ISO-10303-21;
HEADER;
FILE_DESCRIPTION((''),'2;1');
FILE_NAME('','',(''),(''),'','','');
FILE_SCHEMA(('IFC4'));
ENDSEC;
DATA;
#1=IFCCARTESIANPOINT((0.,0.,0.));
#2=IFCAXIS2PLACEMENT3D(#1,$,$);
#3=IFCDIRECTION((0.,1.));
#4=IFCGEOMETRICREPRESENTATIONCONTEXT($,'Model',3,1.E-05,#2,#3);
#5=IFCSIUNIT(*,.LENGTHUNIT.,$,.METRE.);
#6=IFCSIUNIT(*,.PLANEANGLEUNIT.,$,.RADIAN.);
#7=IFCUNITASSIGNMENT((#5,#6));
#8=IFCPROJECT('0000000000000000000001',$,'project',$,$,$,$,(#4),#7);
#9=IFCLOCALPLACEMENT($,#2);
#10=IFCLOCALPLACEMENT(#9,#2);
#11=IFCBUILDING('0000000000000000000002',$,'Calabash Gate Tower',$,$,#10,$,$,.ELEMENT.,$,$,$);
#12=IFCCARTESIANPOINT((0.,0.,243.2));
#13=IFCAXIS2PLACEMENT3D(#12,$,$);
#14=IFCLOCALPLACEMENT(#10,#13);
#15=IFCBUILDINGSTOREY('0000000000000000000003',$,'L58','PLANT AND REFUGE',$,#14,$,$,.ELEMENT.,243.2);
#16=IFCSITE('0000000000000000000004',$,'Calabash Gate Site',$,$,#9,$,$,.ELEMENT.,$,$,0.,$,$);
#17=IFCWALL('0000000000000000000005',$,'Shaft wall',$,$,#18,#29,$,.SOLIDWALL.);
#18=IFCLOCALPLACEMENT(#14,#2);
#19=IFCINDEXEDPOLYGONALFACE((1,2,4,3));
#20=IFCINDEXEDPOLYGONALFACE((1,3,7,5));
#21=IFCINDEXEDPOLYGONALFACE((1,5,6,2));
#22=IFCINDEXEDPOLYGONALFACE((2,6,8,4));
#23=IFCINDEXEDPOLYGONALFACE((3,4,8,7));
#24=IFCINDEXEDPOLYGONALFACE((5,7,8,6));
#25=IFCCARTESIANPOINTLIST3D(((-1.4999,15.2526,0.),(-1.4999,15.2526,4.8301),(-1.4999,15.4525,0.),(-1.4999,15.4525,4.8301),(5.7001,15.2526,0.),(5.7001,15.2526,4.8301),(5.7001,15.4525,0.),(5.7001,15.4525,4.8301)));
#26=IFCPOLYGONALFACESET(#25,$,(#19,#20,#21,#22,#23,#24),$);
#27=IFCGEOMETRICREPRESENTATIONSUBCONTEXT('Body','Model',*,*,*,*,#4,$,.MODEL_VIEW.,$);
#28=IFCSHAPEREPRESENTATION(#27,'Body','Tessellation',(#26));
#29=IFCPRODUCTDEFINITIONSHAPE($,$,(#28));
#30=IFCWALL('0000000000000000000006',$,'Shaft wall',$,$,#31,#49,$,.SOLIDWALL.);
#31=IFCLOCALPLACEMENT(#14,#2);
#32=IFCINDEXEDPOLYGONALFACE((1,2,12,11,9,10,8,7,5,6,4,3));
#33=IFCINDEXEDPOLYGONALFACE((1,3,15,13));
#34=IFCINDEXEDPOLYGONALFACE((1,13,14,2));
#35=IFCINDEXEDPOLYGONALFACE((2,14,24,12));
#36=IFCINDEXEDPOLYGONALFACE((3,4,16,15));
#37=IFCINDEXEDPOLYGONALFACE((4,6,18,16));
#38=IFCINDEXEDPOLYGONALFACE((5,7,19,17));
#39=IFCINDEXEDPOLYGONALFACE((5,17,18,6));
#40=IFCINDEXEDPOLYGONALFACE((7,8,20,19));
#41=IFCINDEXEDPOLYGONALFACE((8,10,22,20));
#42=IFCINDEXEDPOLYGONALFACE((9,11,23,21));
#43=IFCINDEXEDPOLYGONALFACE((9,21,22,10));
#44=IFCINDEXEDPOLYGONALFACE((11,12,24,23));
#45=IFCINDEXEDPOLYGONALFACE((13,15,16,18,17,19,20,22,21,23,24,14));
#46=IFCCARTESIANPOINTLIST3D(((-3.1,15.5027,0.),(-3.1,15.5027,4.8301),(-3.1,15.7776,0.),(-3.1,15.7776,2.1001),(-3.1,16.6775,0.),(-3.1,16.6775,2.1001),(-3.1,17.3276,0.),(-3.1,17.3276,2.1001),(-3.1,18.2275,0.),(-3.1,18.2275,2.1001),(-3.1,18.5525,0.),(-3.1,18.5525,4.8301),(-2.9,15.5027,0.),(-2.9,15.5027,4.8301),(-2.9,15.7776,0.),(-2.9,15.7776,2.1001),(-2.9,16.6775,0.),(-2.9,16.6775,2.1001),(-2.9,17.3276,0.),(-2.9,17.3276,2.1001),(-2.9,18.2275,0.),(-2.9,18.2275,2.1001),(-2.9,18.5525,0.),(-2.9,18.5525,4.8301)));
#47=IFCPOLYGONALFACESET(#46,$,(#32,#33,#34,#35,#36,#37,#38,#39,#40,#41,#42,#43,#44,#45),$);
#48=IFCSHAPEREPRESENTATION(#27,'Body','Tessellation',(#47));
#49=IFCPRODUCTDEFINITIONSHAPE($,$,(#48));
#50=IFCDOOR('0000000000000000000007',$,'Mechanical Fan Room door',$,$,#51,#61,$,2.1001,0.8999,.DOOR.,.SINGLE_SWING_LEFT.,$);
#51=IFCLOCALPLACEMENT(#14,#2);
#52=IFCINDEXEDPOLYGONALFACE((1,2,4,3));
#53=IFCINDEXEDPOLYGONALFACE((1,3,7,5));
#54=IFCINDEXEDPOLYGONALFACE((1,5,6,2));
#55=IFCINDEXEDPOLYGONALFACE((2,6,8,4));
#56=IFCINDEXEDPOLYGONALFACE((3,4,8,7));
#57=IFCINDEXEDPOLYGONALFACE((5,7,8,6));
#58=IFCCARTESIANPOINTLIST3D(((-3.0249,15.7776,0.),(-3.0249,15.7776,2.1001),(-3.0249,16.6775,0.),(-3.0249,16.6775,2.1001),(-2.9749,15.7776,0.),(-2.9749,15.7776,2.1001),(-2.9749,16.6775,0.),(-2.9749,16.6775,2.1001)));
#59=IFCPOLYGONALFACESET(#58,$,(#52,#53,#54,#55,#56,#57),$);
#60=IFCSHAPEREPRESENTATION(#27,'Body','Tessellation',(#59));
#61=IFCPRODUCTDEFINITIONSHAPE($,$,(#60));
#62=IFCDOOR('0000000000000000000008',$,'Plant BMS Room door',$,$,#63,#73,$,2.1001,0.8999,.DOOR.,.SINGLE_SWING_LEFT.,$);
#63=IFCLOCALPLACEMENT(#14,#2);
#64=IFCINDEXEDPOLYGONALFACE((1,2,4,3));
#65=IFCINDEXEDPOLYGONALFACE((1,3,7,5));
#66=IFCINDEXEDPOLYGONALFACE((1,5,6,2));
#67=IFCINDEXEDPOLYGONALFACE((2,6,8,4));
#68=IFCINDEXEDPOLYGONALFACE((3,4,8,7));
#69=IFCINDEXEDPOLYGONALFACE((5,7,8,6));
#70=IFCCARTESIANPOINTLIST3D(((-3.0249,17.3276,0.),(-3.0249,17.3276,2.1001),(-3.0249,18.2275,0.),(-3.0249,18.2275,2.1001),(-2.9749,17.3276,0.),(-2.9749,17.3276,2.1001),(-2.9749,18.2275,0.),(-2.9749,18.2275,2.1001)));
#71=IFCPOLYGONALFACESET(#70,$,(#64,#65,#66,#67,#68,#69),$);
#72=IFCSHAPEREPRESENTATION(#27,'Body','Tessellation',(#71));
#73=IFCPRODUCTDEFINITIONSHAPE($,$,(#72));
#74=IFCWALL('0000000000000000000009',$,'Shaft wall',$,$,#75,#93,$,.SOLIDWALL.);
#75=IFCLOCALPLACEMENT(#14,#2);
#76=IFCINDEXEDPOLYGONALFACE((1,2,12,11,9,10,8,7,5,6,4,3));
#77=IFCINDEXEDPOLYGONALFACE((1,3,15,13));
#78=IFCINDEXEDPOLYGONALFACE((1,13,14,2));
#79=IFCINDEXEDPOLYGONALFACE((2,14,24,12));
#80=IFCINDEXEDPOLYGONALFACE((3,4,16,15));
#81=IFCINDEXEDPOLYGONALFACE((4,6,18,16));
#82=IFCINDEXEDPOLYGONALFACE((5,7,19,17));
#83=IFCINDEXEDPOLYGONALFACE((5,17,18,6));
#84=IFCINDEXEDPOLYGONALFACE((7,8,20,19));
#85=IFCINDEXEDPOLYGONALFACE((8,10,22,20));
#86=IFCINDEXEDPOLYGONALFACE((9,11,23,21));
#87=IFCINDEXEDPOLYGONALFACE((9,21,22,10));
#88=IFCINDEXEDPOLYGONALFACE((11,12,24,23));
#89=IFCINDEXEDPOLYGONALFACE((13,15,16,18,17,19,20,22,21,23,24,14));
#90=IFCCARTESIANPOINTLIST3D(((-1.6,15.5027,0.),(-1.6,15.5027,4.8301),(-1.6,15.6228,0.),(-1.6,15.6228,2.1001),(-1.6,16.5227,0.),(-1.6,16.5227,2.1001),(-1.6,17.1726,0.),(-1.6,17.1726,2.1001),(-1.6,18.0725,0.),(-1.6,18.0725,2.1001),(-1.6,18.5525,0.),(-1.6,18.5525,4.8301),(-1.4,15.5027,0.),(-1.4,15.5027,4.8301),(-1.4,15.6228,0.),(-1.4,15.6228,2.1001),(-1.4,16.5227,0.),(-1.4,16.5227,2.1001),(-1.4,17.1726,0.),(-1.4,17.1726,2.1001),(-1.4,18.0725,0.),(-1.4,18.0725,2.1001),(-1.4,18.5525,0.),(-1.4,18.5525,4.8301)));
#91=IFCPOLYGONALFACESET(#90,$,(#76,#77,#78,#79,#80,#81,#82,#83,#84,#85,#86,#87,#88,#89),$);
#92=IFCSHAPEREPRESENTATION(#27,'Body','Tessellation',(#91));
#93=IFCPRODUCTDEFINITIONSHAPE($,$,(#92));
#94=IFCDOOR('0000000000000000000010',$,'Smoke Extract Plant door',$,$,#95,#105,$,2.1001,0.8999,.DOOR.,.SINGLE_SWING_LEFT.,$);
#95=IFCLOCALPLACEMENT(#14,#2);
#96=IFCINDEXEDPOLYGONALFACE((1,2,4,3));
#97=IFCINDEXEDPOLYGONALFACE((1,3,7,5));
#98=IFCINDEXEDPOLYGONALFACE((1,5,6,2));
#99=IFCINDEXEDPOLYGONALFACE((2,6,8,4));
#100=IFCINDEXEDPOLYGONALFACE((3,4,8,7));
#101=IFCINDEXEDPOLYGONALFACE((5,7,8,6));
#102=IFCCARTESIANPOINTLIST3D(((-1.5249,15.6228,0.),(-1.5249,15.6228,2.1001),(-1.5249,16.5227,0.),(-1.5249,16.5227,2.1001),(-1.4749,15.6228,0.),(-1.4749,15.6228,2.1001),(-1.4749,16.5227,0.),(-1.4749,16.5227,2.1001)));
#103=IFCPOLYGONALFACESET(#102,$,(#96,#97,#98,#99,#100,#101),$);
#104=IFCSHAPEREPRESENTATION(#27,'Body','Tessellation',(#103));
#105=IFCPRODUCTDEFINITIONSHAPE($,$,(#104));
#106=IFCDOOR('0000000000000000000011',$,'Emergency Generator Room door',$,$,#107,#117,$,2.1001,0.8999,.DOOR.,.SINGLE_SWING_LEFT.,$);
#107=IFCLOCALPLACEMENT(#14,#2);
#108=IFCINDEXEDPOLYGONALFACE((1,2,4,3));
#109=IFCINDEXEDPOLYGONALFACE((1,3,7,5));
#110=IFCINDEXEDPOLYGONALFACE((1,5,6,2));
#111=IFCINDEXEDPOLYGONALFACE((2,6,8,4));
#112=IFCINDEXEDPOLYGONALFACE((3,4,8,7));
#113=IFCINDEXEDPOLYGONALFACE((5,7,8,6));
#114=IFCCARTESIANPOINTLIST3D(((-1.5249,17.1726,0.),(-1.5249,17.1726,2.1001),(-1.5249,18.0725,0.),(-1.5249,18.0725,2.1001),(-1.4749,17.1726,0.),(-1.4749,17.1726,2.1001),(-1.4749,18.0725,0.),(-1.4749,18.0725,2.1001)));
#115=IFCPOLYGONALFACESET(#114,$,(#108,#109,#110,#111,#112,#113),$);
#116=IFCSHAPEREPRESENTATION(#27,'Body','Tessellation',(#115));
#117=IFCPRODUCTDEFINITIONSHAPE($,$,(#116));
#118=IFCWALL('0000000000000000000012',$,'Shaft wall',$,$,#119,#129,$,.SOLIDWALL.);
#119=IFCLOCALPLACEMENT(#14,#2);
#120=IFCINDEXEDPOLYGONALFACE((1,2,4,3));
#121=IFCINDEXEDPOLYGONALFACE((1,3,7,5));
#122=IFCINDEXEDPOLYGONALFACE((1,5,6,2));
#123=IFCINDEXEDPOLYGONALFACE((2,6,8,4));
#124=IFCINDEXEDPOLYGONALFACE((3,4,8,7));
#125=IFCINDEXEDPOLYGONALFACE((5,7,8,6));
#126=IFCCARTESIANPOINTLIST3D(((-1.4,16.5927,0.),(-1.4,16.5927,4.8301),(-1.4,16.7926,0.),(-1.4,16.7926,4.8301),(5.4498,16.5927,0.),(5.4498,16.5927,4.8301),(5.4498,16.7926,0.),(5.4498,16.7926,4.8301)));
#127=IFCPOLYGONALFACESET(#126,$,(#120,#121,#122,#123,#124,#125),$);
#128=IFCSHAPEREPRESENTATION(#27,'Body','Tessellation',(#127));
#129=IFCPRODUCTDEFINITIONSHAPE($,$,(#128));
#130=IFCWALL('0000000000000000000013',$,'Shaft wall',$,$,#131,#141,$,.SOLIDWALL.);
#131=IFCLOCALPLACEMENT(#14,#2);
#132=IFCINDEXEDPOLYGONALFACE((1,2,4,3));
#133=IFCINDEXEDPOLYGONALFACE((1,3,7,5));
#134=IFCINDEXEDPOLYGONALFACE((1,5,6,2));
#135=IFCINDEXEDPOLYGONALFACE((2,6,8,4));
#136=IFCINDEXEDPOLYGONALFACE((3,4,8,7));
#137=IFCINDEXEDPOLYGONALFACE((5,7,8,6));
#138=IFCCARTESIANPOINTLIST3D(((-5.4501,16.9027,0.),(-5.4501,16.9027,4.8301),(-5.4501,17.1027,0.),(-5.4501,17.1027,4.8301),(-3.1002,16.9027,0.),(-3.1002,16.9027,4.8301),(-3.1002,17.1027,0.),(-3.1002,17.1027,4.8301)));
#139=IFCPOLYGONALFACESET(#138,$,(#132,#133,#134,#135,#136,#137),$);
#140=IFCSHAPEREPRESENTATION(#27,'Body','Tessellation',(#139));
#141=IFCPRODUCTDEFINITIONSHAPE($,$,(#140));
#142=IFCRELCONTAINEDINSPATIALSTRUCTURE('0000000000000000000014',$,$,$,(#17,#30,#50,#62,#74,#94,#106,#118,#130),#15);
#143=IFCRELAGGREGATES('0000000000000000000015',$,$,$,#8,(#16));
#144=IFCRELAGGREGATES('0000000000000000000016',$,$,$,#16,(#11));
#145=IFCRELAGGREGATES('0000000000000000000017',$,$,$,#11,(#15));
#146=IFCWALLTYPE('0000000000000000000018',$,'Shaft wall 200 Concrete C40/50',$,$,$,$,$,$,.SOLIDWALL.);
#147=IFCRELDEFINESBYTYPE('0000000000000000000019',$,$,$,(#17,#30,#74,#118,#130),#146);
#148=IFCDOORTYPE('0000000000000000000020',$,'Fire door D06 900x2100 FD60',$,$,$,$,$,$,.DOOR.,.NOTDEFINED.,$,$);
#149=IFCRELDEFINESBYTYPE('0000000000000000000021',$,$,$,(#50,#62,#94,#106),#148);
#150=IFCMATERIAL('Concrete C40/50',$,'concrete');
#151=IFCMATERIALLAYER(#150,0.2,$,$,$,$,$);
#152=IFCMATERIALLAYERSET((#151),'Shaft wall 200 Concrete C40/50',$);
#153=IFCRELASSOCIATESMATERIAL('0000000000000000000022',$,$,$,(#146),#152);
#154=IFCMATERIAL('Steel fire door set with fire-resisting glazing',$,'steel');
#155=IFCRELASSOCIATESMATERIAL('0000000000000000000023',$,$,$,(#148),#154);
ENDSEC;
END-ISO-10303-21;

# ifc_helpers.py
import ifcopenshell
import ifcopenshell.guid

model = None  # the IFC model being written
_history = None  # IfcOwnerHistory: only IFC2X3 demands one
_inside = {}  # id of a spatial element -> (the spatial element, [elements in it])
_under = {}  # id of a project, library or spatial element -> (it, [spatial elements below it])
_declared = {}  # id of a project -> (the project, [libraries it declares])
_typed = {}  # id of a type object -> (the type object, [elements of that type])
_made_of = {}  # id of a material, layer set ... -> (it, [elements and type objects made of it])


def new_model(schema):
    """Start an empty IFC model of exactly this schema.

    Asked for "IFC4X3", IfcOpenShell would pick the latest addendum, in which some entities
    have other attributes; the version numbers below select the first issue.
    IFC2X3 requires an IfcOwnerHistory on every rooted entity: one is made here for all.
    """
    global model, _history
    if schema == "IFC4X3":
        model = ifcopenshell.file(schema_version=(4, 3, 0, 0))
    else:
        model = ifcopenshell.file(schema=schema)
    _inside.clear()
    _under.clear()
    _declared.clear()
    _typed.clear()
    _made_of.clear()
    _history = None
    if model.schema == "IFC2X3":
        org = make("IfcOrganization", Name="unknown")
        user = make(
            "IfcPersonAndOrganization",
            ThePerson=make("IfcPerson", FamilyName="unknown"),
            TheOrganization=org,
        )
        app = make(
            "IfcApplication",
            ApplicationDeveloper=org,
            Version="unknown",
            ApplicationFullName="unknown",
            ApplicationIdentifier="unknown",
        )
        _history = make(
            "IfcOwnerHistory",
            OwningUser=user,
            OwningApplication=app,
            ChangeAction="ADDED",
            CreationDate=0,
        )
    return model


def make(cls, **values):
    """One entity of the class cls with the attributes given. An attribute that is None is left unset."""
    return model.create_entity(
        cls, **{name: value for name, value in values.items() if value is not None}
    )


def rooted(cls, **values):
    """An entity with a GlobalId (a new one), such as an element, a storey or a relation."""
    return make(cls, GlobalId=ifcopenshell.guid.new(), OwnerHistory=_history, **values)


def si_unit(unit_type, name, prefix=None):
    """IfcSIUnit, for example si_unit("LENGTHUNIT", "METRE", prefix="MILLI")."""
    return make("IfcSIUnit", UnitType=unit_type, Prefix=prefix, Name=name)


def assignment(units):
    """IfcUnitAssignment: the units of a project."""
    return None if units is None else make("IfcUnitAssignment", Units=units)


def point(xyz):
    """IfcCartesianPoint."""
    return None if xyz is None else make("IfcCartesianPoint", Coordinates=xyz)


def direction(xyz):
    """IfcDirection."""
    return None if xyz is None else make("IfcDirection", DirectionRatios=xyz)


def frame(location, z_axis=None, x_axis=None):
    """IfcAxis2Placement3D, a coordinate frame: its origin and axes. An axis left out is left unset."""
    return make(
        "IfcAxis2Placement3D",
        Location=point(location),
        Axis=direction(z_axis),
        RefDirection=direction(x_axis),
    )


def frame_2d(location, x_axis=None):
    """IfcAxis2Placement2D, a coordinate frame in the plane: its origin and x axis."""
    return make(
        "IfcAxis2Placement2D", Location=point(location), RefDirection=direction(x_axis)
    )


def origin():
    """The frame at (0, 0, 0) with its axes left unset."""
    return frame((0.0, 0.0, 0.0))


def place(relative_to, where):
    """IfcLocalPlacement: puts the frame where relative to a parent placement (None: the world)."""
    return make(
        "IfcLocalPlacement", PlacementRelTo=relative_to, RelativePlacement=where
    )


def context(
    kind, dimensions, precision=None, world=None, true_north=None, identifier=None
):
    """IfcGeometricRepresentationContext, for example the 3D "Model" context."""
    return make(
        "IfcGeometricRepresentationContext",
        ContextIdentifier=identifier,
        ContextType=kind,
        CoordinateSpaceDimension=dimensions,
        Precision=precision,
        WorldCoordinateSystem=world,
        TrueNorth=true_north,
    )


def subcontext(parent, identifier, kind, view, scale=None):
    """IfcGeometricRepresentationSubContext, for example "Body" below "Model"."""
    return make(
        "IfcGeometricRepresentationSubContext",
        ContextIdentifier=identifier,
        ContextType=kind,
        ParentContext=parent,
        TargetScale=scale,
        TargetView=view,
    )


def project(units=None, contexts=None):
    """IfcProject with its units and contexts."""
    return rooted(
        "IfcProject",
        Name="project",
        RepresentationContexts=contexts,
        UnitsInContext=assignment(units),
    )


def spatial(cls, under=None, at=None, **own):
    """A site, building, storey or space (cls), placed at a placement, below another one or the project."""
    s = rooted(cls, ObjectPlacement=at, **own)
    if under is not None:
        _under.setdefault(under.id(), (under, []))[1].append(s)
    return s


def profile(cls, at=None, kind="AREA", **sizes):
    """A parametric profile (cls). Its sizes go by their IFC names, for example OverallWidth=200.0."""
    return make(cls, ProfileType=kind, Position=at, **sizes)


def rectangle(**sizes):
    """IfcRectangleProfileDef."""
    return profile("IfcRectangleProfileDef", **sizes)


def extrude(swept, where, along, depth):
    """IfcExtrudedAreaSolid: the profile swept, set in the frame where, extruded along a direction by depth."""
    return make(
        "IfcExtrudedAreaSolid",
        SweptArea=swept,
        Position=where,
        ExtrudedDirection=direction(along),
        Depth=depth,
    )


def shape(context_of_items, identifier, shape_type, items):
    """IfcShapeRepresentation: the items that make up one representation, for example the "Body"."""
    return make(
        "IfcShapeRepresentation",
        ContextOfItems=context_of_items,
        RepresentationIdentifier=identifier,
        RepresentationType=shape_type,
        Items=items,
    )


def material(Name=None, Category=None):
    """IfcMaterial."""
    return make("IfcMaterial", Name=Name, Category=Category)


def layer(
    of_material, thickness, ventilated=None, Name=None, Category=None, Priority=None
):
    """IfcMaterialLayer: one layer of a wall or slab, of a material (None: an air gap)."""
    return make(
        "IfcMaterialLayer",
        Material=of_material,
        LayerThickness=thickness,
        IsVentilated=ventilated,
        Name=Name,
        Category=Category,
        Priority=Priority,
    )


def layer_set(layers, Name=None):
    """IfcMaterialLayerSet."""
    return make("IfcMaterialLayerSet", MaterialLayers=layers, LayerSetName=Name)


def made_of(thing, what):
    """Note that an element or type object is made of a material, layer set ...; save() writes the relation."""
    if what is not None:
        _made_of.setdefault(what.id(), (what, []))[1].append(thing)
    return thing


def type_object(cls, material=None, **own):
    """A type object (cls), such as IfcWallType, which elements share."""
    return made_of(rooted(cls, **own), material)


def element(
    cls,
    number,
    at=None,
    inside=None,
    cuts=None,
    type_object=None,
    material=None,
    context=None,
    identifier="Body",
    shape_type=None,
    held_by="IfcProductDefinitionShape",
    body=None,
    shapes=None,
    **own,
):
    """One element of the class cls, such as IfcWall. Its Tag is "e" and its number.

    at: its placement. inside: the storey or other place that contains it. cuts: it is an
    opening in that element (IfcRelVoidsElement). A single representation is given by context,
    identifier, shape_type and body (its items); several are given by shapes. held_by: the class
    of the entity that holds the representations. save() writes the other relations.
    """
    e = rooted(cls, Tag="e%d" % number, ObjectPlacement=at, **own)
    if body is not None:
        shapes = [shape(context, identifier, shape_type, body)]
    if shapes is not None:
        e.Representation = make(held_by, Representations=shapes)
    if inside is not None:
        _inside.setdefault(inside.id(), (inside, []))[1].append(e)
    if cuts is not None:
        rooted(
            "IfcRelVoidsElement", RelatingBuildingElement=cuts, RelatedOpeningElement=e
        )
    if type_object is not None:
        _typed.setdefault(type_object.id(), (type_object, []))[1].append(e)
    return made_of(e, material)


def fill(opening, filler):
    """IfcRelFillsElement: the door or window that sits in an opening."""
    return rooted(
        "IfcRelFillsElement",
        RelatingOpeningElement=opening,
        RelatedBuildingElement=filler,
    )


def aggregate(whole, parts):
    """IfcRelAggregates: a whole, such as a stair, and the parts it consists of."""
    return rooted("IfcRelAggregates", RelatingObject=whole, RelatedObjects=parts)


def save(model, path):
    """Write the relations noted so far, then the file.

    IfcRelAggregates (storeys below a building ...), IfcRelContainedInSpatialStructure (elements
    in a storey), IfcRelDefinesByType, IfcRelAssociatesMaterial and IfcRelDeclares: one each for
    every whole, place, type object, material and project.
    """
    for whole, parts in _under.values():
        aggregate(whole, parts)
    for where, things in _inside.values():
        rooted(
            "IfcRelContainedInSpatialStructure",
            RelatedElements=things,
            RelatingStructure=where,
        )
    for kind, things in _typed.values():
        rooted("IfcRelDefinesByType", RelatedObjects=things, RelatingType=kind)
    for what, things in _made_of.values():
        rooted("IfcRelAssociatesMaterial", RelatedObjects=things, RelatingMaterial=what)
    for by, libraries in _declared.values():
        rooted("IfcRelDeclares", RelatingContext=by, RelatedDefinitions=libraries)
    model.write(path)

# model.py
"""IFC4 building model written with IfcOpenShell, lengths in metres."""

from ifc_helpers import new_model, si_unit, direction, frame, frame_2d, origin, place, context, subcontext, project, spatial, rectangle, extrude, material, layer, layer_set, type_object, element, fill, save


model = new_model("IFC4")

# Units and contexts
model_context = context("Model", 3, precision=1e-05, world=origin(), true_north=direction((0.0, 1.0)))
body_context = subcontext(model_context, "Body", "Model", "MODEL_VIEW")
ifc_project = project(units=[si_unit("LENGTHUNIT", "METRE"), si_unit("PLANEANGLEUNIT", "RADIAN")], contexts=[model_context])

# Site, building, storey
site_placement = place(None, origin())
site = spatial("IfcSite", under=ifc_project, at=site_placement, Name="Calabash Gate Site", CompositionType="ELEMENT", RefElevation=0.0)
building_placement = place(site_placement, origin())
building = spatial("IfcBuilding", under=site, at=building_placement, Name="Calabash Gate Tower", CompositionType="ELEMENT")
storey_placement = place(building_placement, frame((0.0, 0.0, 243.2)))
storey = spatial("IfcBuildingStorey", under=building, at=storey_placement, Name="L58", Description="PLANT AND REFUGE", CompositionType="ELEMENT", Elevation=243.2)

# Shared definitions
ifc_material_1 = material(Name="Concrete C40/50", Category="concrete")
ifc_layer = layer(ifc_material_1, 0.2)
ifc_layer_set = layer_set([ifc_layer], Name="Shaft wall 200 Concrete C40/50")
wall_type = type_object("IfcWallType", Name="Shaft wall 200 Concrete C40/50", PredefinedType="SOLIDWALL", material=ifc_layer_set)
ifc_material_2 = material(Name="Steel fire door set with fire-resisting glazing", Category="steel")
door_type_1 = type_object("IfcDoorType", Name="Fire door D06 900x2100 FD60", OperationType="NOTDEFINED", PredefinedType="DOOR", material=ifc_material_2)

# Wall
wall_1_placement = place(storey_placement, frame((-1.5, 15.3525, 0.0), z_axis=(0.0, 0.0, 1.0), x_axis=(1.0, 0.0, 0.0)))
element("IfcWall", 1, at=wall_1_placement, inside=storey, type_object=wall_type, Name="Shaft wall", PredefinedType="SOLIDWALL", context=body_context, shape_type="SweptSolid", body=[
    extrude(rectangle(XDim=7.2, YDim=0.2, at=frame_2d((3.6001, 0.0))), origin(), (0.0, 0.0, 1.0), 4.8301),
])

# Walls, openings, doors
wall_2_placement = place(storey_placement, frame((-3.0, 15.5027, 0.0), z_axis=(0.0, 0.0, 1.0), x_axis=(0.0, 1.0, 0.0)))
wall_2 = element("IfcWall", 2, at=wall_2_placement, inside=storey, type_object=wall_type, Name="Shaft wall", PredefinedType="SOLIDWALL", context=body_context, shape_type="SweptSolid", body=[
    extrude(rectangle(XDim=3.0498, YDim=0.2, at=frame_2d((1.5249, 0.0))), origin(), (0.0, 0.0, 1.0), 4.8301),
])
opening_1_placement = place(wall_2_placement, frame((0.2749, 0.0, 0.0)))
opening_1 = element("IfcOpeningElement", 3, at=opening_1_placement, cuts=wall_2, PredefinedType="OPENING", context=body_context, shape_type="SweptSolid", body=[
    extrude(rectangle(XDim=0.8999, YDim=2.1001, at=frame_2d((0.45, 1.05))), frame((0.0, 0.1099, 0.0), z_axis=(0.0, -1.0, 0.0), x_axis=(1.0, 0.0, 0.0)), (0.0, 0.0, 1.0), 0.22),
])
opening_2_placement = place(wall_2_placement, frame((1.825, 0.0, 0.0)))
opening_2 = element("IfcOpeningElement", 4, at=opening_2_placement, cuts=wall_2, PredefinedType="OPENING", context=body_context, shape_type="SweptSolid", body=[
    extrude(rectangle(XDim=0.8999, YDim=2.1001, at=frame_2d((0.45, 1.05))), frame((0.0, 0.1099, 0.0), z_axis=(0.0, -1.0, 0.0), x_axis=(1.0, 0.0, 0.0)), (0.0, 0.0, 1.0), 0.22),
])
door_1_placement = place(opening_1_placement, origin())
door_1 = element("IfcDoor", 5, at=door_1_placement, inside=storey, type_object=door_type_1, Name="Mechanical Fan Room door", OperationType="SINGLE_SWING_LEFT", OverallHeight=2.1001, OverallWidth=0.8999, PredefinedType="DOOR", context=body_context, shape_type="SweptSolid", body=[
    extrude(rectangle(XDim=0.8999, YDim=2.1001, at=frame_2d((0.45, 1.05))), frame((0.0, 0.0249, 0.0), z_axis=(0.0, -1.0, 0.0), x_axis=(1.0, 0.0, 0.0)), (0.0, 0.0, 1.0), 0.05),
])
fill(opening_1, door_1)
door_2_placement = place(opening_2_placement, origin())
door_2 = element("IfcDoor", 6, at=door_2_placement, inside=storey, type_object=door_type_1, Name="Plant BMS Room door", OperationType="SINGLE_SWING_LEFT", OverallHeight=2.1001, OverallWidth=0.8999, PredefinedType="DOOR", context=body_context, shape_type="SweptSolid", body=[
    extrude(rectangle(XDim=0.8999, YDim=2.1001, at=frame_2d((0.45, 1.05))), frame((0.0, 0.0249, 0.0), z_axis=(0.0, -1.0, 0.0), x_axis=(1.0, 0.0, 0.0)), (0.0, 0.0, 1.0), 0.05),
])
fill(opening_2, door_2)
wall_3_placement = place(storey_placement, frame((-1.5, 15.5027, 0.0), z_axis=(0.0, 0.0, 1.0), x_axis=(0.0, 1.0, 0.0)))
wall_3 = element("IfcWall", 7, at=wall_3_placement, inside=storey, type_object=wall_type, Name="Shaft wall", PredefinedType="SOLIDWALL", context=body_context, shape_type="SweptSolid", body=[
    extrude(rectangle(XDim=3.0498, YDim=0.2, at=frame_2d((1.5249, 0.0))), origin(), (0.0, 0.0, 1.0), 4.8301),
])
opening_3_placement = place(wall_3_placement, frame((0.1201, 0.0, 0.0)))
opening_3 = element("IfcOpeningElement", 8, at=opening_3_placement, cuts=wall_3, PredefinedType="OPENING", context=body_context, shape_type="SweptSolid", body=[
    extrude(rectangle(XDim=0.8999, YDim=2.1001, at=frame_2d((0.45, 1.05))), frame((0.0, 0.1099, 0.0), z_axis=(0.0, -1.0, 0.0), x_axis=(1.0, 0.0, 0.0)), (0.0, 0.0, 1.0), 0.22),
])
opening_4_placement = place(wall_3_placement, frame((1.6699, 0.0, 0.0)))
opening_4 = element("IfcOpeningElement", 9, at=opening_4_placement, cuts=wall_3, PredefinedType="OPENING", context=body_context, shape_type="SweptSolid", body=[
    extrude(rectangle(XDim=0.8999, YDim=2.1001, at=frame_2d((0.45, 1.05))), frame((0.0, 0.1099, 0.0), z_axis=(0.0, -1.0, 0.0), x_axis=(1.0, 0.0, 0.0)), (0.0, 0.0, 1.0), 0.22),
])
door_3_placement = place(opening_3_placement, origin())
door_3 = element("IfcDoor", 10, at=door_3_placement, inside=storey, type_object=door_type_1, Name="Smoke Extract Plant door", OperationType="SINGLE_SWING_LEFT", OverallHeight=2.1001, OverallWidth=0.8999, PredefinedType="DOOR", context=body_context, shape_type="SweptSolid", body=[
    extrude(rectangle(XDim=0.8999, YDim=2.1001, at=frame_2d((0.45, 1.05))), frame((0.0, 0.0249, 0.0), z_axis=(0.0, -1.0, 0.0), x_axis=(1.0, 0.0, 0.0)), (0.0, 0.0, 1.0), 0.05),
])
fill(opening_3, door_3)
door_4_placement = place(opening_4_placement, origin())
door_4 = element("IfcDoor", 11, at=door_4_placement, inside=storey, type_object=door_type_1, Name="Emergency Generator Room door", OperationType="SINGLE_SWING_LEFT", OverallHeight=2.1001, OverallWidth=0.8999, PredefinedType="DOOR", context=body_context, shape_type="SweptSolid", body=[
    extrude(rectangle(XDim=0.8999, YDim=2.1001, at=frame_2d((0.45, 1.05))), frame((0.0, 0.0249, 0.0), z_axis=(0.0, -1.0, 0.0), x_axis=(1.0, 0.0, 0.0)), (0.0, 0.0, 1.0), 0.05),
])
fill(opening_4, door_4)

# Walls
wall_4_placement = place(storey_placement, frame((-1.3999, 16.6926, 0.0), z_axis=(0.0, 0.0, 1.0), x_axis=(1.0, 0.0, 0.0)))
element("IfcWall", 12, at=wall_4_placement, inside=storey, type_object=wall_type, Name="Shaft wall", PredefinedType="SOLIDWALL", context=body_context, shape_type="SweptSolid", body=[
    extrude(rectangle(XDim=6.8499, YDim=0.2, at=frame_2d((3.4248, 0.0))), origin(), (0.0, 0.0, 1.0), 4.8301),
])
wall_5_placement = place(storey_placement, frame((-5.45, 17.0027, 0.0), z_axis=(0.0, 0.0, 1.0), x_axis=(1.0, 0.0, 0.0)))
element("IfcWall", 13, at=wall_5_placement, inside=storey, type_object=wall_type, Name="Shaft wall", PredefinedType="SOLIDWALL", context=body_context, shape_type="SweptSolid", body=[
    extrude(rectangle(XDim=2.3499, YDim=0.2, at=frame_2d((1.1748, 0.0))), origin(), (0.0, 0.0, 1.0), 4.8301),
])

save(model, "model.ifc")
